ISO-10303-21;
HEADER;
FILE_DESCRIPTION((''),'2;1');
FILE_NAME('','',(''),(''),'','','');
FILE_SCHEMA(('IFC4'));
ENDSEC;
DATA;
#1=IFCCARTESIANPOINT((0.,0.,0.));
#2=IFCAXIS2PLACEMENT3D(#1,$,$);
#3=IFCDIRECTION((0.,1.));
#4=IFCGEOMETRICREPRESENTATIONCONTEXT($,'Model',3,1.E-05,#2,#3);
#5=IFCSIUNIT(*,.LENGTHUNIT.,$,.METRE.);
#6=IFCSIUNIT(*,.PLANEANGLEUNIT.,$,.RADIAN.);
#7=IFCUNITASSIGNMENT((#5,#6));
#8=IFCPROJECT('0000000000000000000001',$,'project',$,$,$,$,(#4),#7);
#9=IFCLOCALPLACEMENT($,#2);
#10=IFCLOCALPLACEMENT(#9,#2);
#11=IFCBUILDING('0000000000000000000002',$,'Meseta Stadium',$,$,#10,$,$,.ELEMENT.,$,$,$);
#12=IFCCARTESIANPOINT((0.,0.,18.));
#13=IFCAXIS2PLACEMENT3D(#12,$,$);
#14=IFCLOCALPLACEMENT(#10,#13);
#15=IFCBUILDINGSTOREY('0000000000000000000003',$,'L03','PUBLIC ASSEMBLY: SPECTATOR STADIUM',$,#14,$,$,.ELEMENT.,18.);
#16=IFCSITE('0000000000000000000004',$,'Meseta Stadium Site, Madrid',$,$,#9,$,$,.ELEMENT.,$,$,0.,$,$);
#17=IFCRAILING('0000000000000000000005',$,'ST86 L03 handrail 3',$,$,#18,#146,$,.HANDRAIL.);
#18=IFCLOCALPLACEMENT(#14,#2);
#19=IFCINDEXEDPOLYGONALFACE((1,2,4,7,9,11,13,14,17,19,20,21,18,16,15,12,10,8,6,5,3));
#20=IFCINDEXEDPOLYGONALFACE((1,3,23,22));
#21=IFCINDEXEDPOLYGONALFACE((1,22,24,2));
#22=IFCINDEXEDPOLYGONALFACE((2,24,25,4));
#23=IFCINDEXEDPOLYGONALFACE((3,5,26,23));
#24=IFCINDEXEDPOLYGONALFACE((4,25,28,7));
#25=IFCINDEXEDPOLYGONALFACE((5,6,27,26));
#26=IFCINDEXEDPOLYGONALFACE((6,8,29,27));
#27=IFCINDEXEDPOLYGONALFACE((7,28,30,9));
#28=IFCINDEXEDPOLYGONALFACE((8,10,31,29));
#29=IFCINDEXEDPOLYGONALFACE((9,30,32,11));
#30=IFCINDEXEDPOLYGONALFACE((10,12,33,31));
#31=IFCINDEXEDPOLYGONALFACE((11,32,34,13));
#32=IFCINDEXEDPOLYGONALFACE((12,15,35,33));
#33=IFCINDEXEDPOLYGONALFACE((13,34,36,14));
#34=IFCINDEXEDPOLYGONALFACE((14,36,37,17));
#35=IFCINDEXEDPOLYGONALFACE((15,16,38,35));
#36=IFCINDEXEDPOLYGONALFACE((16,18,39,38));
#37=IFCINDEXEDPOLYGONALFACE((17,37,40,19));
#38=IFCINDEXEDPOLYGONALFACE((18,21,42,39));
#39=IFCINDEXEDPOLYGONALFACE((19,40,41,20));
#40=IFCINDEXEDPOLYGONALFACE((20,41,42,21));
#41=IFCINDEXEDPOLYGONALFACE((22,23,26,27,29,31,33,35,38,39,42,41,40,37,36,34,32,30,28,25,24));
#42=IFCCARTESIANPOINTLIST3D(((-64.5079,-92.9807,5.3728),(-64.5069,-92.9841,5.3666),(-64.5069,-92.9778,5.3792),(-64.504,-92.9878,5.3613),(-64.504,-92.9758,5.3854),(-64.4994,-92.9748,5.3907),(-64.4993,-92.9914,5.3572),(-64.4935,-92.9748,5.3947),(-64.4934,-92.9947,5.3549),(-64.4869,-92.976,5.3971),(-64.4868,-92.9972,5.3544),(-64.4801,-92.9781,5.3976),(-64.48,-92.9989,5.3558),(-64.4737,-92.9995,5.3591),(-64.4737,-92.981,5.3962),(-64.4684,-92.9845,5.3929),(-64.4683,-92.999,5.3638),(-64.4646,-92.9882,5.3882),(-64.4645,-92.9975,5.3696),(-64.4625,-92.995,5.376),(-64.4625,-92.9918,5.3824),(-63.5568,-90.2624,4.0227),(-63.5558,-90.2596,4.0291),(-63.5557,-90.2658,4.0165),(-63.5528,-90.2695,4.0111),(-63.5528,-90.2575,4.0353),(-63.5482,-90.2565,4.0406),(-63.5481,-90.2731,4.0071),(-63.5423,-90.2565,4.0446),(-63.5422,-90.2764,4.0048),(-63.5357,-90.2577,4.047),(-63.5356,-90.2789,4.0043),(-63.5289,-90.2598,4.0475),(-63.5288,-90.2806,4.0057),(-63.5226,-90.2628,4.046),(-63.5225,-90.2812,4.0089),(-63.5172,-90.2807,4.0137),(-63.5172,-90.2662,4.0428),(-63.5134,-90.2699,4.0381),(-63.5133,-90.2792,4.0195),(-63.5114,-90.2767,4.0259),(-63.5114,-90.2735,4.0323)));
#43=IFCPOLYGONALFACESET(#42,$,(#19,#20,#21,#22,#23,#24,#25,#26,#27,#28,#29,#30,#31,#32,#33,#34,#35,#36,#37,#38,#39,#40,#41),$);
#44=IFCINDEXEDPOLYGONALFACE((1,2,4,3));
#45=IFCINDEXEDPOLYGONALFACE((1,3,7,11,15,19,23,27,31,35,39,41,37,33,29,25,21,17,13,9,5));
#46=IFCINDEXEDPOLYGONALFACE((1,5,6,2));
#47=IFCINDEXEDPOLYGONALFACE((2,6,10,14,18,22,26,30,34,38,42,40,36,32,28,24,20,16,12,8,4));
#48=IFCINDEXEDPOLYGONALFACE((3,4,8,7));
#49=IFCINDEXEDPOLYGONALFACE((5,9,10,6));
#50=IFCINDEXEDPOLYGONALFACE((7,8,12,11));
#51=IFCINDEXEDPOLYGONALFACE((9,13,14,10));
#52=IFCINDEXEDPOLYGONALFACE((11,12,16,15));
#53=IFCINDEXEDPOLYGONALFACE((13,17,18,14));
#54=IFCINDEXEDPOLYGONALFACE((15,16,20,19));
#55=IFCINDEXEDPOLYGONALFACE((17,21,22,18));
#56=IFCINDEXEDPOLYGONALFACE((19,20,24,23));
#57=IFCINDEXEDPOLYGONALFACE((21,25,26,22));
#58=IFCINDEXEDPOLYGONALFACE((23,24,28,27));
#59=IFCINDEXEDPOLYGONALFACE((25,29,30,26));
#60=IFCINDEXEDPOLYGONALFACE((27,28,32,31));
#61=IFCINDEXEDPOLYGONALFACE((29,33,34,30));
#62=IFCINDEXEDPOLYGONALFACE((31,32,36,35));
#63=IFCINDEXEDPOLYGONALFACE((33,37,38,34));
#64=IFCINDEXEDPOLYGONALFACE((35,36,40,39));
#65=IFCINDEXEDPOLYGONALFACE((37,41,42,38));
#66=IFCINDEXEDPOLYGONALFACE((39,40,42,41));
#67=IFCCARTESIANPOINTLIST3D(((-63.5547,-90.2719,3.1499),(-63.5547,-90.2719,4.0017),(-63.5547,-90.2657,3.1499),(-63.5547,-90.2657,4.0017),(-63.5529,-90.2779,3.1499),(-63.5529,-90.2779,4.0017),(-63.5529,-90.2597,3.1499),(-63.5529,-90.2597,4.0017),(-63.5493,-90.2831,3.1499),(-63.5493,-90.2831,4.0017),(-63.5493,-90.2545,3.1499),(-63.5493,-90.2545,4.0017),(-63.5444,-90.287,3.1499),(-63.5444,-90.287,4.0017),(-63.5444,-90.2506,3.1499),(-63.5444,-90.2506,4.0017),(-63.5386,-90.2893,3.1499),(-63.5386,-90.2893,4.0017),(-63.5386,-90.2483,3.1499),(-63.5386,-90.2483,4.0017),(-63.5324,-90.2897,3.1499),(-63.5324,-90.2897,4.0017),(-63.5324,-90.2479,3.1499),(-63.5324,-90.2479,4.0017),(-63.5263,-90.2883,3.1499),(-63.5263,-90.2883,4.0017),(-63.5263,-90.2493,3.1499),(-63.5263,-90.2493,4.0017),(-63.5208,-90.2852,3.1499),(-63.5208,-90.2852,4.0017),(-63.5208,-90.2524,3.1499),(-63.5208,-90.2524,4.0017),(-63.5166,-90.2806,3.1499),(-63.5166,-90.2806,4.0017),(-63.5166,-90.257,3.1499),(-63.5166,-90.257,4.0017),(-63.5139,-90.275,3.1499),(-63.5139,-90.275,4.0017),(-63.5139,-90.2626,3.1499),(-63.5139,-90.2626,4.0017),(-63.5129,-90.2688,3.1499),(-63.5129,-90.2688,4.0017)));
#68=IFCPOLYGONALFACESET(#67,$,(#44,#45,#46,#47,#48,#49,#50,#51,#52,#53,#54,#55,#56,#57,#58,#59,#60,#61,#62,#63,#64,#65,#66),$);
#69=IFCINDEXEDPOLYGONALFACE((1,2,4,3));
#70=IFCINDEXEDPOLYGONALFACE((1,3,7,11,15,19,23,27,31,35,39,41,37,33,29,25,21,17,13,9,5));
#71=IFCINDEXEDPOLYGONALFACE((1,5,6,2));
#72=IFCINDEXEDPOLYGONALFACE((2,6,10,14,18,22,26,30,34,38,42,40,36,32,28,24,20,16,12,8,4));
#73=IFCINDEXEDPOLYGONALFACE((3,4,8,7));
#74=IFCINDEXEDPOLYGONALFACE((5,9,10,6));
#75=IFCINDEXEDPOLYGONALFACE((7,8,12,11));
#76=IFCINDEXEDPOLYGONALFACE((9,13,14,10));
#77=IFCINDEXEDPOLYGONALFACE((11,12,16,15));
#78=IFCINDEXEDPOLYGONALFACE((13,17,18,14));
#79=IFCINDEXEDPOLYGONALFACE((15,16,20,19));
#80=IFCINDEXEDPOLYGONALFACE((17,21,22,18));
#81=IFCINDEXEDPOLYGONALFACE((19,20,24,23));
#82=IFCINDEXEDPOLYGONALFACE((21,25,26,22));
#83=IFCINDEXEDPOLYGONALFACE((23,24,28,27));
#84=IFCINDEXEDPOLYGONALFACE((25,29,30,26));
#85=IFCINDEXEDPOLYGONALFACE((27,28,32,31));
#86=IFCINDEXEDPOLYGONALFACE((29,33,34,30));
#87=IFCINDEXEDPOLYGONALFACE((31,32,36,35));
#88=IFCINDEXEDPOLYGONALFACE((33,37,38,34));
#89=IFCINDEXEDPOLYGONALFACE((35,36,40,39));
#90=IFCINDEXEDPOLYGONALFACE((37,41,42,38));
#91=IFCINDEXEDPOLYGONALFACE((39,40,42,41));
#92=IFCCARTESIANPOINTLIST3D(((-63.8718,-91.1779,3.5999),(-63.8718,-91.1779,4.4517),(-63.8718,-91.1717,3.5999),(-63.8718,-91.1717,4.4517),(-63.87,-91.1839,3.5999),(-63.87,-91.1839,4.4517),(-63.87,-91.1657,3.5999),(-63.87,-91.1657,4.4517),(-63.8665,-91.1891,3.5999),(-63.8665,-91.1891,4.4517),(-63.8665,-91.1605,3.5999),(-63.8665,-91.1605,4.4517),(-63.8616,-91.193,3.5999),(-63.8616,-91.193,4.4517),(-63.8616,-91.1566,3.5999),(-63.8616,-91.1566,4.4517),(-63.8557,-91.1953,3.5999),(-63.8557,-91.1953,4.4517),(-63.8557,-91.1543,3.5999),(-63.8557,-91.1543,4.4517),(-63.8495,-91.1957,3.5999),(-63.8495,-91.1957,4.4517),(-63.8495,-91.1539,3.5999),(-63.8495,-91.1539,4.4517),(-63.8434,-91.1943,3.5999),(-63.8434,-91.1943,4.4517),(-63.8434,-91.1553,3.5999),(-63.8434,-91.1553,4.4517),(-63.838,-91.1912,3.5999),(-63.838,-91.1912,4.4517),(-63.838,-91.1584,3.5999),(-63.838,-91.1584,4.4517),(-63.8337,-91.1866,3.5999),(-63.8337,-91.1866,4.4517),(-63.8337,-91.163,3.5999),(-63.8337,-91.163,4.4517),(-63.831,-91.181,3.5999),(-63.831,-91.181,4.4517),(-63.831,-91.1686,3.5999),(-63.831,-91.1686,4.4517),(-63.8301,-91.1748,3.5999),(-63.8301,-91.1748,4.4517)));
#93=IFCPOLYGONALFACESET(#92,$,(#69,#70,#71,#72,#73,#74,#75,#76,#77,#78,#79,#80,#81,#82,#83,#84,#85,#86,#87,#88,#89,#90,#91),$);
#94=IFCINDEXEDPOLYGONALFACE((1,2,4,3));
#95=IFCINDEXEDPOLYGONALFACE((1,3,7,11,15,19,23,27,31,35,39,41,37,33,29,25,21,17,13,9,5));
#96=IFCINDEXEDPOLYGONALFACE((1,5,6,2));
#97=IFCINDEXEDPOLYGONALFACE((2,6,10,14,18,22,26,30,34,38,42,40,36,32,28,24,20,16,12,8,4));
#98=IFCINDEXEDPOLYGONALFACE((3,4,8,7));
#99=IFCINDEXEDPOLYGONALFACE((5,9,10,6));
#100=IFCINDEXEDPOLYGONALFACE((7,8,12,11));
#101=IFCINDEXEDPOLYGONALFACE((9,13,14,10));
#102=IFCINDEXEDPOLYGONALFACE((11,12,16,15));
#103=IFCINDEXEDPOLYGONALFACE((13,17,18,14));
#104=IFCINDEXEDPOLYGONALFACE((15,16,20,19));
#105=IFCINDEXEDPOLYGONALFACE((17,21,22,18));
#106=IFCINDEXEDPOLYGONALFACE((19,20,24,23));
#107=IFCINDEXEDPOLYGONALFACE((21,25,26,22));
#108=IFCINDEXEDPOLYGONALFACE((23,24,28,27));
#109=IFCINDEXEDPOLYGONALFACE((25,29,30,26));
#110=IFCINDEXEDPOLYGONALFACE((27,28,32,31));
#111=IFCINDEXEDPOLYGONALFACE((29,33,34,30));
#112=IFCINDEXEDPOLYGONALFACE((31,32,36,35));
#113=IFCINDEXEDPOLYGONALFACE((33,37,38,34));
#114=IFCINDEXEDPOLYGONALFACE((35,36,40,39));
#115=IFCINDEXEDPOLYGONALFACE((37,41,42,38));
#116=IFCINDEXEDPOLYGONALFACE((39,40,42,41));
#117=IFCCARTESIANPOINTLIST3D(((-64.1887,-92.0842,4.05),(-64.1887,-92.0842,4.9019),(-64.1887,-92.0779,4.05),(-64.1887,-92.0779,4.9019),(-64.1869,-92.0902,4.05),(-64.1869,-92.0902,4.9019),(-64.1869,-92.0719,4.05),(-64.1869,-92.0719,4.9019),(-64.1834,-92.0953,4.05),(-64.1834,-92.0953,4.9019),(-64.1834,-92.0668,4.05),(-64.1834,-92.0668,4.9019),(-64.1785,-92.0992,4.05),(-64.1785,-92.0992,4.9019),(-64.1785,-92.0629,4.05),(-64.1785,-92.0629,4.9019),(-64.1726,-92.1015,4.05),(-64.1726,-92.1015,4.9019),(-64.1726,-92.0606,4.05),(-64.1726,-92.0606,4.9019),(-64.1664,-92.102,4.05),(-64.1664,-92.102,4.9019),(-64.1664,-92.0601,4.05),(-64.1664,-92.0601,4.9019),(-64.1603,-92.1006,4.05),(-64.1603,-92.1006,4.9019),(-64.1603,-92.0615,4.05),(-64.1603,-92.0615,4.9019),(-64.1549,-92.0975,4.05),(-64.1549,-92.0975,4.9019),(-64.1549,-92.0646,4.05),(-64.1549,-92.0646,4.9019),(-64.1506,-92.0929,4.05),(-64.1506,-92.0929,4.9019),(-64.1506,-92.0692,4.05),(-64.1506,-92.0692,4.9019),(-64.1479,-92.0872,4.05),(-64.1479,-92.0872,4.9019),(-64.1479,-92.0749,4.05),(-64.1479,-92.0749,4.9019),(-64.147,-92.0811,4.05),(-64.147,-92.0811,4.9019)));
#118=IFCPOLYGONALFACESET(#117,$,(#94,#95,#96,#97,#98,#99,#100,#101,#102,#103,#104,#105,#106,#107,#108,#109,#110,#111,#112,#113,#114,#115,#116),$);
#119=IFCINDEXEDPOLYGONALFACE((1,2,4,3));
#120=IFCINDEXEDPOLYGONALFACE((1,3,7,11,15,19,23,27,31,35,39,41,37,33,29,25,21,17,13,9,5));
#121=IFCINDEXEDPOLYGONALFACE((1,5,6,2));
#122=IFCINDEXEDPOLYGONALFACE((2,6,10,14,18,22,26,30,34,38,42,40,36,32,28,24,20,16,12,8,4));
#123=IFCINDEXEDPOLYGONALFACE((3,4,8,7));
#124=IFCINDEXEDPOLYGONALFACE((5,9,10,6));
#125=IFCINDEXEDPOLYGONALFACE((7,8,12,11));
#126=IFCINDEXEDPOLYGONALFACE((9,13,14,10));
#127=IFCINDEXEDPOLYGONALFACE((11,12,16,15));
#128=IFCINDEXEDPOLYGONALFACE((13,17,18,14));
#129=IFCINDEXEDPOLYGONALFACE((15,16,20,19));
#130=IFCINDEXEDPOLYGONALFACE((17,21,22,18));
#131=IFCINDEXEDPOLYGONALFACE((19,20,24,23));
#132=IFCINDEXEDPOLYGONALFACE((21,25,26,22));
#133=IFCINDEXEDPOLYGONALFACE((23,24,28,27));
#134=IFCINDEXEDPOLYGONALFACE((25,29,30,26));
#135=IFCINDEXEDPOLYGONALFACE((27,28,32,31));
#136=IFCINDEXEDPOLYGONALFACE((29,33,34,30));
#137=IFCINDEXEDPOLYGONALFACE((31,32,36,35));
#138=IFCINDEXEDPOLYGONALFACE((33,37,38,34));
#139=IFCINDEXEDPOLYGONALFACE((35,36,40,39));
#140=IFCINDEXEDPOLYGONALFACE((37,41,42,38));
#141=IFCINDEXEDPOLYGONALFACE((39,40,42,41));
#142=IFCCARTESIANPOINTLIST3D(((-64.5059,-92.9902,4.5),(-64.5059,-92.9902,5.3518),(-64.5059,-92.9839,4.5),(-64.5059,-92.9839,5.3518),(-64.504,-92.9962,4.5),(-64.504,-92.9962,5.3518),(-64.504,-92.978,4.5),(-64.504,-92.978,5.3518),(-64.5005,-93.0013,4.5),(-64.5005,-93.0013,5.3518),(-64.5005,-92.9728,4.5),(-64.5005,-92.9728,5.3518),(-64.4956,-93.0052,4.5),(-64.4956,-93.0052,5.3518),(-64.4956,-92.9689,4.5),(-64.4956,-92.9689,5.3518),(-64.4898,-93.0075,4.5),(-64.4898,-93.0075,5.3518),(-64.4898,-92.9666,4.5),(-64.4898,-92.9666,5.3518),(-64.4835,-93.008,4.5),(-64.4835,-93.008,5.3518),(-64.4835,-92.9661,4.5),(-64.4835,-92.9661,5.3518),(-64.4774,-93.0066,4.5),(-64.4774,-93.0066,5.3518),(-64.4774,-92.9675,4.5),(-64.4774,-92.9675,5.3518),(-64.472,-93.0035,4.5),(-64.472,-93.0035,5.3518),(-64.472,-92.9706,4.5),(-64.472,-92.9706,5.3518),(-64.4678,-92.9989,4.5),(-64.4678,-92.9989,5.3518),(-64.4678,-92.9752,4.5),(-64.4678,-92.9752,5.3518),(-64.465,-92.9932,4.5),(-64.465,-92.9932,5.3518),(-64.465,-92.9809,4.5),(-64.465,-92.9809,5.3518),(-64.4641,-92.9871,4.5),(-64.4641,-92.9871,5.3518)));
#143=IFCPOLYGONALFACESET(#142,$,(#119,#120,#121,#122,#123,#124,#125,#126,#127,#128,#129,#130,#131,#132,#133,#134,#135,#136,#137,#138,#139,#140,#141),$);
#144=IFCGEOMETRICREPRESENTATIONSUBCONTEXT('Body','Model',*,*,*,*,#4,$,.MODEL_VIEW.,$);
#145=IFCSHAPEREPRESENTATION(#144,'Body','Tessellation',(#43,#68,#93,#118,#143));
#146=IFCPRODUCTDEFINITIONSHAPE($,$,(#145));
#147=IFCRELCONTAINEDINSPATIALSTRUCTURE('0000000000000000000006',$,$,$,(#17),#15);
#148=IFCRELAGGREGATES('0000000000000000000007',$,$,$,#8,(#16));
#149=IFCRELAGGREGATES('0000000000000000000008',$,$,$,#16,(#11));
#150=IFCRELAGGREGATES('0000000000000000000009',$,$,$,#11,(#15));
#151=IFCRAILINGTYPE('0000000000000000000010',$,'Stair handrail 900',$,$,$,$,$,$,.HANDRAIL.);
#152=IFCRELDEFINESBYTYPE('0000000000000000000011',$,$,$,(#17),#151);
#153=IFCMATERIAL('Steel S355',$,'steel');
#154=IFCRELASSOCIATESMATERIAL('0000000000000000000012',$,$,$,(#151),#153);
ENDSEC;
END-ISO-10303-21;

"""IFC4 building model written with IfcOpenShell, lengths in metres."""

from ifc_helpers import new_model, si_unit, direction, frame, origin, origin_2d, place, context, subcontext, project, spatial, circle, extrude, material, type_object, element, save


model = new_model("IFC4")

# Units and contexts
model_context = context("Model", 3, precision=1e-05, world=origin(), true_north=direction((0.0, 1.0)))
body_context = subcontext(model_context, "Body", "Model", "MODEL_VIEW")
ifc_project = project(units=[si_unit("LENGTHUNIT", "METRE"), si_unit("PLANEANGLEUNIT", "RADIAN")], contexts=[model_context])

# Site, building, storey
site_placement = place(None, origin())
site = spatial("IfcSite", under=ifc_project, at=site_placement, Name="Meseta Stadium Site, Madrid", CompositionType="ELEMENT", RefElevation=0.0)
building_placement = place(site_placement, origin())
building = spatial("IfcBuilding", under=site, at=building_placement, Name="Meseta Stadium", CompositionType="ELEMENT")
storey_placement = place(building_placement, frame((0.0, 0.0, 18.0)))
storey = spatial("IfcBuildingStorey", under=building, at=storey_placement, Name="L03", Description="PUBLIC ASSEMBLY: SPECTATOR STADIUM", CompositionType="ELEMENT", Elevation=18.0)

# Railing
ifc_material_1 = material(Name="Steel S355", Category="steel")
railing_type_1 = type_object("IfcRailingType", Name="Stair handrail 900", PredefinedType="HANDRAIL", material=ifc_material_1)
for number, where, name in (
    (1, (-63.5339, -90.2688, 3.1499), "ST86 L03 handrail 3"),
):
    element("IfcRailing", number, at=place(storey_placement, frame(where)), inside=storey, type_object=railing_type_1, Name=name, PredefinedType="HANDRAIL", context=body_context, shape_type="SweptSolid", body=[
        extrude(circle(Radius=0.0239, at=origin_2d()), frame((0.0, 0.0, 0.876), z_axis=(-0.299051, -0.854629, 0.424474), x_axis=(0.943882, -0.330282, 0.0)), (0.0, 0.0, 1.0), 3.1807),
        extrude(circle(Radius=0.021, at=origin_2d()), origin(), (0.0, 0.0, 1.0), 0.8518),
        extrude(circle(Radius=0.021, at=origin_2d()), frame((-0.3171, -0.906, 0.45)), (0.0, 0.0, 1.0), 0.8518),
        extrude(circle(Radius=0.021, at=origin_2d()), frame((-0.634, -1.8123, 0.9001)), (0.0, 0.0, 1.0), 0.8518),
        extrude(circle(Radius=0.021, at=origin_2d()), frame((-0.9512, -2.7183, 1.3501)), (0.0, 0.0, 1.0), 0.8518),
    ])

save(model, "model.ifc")
